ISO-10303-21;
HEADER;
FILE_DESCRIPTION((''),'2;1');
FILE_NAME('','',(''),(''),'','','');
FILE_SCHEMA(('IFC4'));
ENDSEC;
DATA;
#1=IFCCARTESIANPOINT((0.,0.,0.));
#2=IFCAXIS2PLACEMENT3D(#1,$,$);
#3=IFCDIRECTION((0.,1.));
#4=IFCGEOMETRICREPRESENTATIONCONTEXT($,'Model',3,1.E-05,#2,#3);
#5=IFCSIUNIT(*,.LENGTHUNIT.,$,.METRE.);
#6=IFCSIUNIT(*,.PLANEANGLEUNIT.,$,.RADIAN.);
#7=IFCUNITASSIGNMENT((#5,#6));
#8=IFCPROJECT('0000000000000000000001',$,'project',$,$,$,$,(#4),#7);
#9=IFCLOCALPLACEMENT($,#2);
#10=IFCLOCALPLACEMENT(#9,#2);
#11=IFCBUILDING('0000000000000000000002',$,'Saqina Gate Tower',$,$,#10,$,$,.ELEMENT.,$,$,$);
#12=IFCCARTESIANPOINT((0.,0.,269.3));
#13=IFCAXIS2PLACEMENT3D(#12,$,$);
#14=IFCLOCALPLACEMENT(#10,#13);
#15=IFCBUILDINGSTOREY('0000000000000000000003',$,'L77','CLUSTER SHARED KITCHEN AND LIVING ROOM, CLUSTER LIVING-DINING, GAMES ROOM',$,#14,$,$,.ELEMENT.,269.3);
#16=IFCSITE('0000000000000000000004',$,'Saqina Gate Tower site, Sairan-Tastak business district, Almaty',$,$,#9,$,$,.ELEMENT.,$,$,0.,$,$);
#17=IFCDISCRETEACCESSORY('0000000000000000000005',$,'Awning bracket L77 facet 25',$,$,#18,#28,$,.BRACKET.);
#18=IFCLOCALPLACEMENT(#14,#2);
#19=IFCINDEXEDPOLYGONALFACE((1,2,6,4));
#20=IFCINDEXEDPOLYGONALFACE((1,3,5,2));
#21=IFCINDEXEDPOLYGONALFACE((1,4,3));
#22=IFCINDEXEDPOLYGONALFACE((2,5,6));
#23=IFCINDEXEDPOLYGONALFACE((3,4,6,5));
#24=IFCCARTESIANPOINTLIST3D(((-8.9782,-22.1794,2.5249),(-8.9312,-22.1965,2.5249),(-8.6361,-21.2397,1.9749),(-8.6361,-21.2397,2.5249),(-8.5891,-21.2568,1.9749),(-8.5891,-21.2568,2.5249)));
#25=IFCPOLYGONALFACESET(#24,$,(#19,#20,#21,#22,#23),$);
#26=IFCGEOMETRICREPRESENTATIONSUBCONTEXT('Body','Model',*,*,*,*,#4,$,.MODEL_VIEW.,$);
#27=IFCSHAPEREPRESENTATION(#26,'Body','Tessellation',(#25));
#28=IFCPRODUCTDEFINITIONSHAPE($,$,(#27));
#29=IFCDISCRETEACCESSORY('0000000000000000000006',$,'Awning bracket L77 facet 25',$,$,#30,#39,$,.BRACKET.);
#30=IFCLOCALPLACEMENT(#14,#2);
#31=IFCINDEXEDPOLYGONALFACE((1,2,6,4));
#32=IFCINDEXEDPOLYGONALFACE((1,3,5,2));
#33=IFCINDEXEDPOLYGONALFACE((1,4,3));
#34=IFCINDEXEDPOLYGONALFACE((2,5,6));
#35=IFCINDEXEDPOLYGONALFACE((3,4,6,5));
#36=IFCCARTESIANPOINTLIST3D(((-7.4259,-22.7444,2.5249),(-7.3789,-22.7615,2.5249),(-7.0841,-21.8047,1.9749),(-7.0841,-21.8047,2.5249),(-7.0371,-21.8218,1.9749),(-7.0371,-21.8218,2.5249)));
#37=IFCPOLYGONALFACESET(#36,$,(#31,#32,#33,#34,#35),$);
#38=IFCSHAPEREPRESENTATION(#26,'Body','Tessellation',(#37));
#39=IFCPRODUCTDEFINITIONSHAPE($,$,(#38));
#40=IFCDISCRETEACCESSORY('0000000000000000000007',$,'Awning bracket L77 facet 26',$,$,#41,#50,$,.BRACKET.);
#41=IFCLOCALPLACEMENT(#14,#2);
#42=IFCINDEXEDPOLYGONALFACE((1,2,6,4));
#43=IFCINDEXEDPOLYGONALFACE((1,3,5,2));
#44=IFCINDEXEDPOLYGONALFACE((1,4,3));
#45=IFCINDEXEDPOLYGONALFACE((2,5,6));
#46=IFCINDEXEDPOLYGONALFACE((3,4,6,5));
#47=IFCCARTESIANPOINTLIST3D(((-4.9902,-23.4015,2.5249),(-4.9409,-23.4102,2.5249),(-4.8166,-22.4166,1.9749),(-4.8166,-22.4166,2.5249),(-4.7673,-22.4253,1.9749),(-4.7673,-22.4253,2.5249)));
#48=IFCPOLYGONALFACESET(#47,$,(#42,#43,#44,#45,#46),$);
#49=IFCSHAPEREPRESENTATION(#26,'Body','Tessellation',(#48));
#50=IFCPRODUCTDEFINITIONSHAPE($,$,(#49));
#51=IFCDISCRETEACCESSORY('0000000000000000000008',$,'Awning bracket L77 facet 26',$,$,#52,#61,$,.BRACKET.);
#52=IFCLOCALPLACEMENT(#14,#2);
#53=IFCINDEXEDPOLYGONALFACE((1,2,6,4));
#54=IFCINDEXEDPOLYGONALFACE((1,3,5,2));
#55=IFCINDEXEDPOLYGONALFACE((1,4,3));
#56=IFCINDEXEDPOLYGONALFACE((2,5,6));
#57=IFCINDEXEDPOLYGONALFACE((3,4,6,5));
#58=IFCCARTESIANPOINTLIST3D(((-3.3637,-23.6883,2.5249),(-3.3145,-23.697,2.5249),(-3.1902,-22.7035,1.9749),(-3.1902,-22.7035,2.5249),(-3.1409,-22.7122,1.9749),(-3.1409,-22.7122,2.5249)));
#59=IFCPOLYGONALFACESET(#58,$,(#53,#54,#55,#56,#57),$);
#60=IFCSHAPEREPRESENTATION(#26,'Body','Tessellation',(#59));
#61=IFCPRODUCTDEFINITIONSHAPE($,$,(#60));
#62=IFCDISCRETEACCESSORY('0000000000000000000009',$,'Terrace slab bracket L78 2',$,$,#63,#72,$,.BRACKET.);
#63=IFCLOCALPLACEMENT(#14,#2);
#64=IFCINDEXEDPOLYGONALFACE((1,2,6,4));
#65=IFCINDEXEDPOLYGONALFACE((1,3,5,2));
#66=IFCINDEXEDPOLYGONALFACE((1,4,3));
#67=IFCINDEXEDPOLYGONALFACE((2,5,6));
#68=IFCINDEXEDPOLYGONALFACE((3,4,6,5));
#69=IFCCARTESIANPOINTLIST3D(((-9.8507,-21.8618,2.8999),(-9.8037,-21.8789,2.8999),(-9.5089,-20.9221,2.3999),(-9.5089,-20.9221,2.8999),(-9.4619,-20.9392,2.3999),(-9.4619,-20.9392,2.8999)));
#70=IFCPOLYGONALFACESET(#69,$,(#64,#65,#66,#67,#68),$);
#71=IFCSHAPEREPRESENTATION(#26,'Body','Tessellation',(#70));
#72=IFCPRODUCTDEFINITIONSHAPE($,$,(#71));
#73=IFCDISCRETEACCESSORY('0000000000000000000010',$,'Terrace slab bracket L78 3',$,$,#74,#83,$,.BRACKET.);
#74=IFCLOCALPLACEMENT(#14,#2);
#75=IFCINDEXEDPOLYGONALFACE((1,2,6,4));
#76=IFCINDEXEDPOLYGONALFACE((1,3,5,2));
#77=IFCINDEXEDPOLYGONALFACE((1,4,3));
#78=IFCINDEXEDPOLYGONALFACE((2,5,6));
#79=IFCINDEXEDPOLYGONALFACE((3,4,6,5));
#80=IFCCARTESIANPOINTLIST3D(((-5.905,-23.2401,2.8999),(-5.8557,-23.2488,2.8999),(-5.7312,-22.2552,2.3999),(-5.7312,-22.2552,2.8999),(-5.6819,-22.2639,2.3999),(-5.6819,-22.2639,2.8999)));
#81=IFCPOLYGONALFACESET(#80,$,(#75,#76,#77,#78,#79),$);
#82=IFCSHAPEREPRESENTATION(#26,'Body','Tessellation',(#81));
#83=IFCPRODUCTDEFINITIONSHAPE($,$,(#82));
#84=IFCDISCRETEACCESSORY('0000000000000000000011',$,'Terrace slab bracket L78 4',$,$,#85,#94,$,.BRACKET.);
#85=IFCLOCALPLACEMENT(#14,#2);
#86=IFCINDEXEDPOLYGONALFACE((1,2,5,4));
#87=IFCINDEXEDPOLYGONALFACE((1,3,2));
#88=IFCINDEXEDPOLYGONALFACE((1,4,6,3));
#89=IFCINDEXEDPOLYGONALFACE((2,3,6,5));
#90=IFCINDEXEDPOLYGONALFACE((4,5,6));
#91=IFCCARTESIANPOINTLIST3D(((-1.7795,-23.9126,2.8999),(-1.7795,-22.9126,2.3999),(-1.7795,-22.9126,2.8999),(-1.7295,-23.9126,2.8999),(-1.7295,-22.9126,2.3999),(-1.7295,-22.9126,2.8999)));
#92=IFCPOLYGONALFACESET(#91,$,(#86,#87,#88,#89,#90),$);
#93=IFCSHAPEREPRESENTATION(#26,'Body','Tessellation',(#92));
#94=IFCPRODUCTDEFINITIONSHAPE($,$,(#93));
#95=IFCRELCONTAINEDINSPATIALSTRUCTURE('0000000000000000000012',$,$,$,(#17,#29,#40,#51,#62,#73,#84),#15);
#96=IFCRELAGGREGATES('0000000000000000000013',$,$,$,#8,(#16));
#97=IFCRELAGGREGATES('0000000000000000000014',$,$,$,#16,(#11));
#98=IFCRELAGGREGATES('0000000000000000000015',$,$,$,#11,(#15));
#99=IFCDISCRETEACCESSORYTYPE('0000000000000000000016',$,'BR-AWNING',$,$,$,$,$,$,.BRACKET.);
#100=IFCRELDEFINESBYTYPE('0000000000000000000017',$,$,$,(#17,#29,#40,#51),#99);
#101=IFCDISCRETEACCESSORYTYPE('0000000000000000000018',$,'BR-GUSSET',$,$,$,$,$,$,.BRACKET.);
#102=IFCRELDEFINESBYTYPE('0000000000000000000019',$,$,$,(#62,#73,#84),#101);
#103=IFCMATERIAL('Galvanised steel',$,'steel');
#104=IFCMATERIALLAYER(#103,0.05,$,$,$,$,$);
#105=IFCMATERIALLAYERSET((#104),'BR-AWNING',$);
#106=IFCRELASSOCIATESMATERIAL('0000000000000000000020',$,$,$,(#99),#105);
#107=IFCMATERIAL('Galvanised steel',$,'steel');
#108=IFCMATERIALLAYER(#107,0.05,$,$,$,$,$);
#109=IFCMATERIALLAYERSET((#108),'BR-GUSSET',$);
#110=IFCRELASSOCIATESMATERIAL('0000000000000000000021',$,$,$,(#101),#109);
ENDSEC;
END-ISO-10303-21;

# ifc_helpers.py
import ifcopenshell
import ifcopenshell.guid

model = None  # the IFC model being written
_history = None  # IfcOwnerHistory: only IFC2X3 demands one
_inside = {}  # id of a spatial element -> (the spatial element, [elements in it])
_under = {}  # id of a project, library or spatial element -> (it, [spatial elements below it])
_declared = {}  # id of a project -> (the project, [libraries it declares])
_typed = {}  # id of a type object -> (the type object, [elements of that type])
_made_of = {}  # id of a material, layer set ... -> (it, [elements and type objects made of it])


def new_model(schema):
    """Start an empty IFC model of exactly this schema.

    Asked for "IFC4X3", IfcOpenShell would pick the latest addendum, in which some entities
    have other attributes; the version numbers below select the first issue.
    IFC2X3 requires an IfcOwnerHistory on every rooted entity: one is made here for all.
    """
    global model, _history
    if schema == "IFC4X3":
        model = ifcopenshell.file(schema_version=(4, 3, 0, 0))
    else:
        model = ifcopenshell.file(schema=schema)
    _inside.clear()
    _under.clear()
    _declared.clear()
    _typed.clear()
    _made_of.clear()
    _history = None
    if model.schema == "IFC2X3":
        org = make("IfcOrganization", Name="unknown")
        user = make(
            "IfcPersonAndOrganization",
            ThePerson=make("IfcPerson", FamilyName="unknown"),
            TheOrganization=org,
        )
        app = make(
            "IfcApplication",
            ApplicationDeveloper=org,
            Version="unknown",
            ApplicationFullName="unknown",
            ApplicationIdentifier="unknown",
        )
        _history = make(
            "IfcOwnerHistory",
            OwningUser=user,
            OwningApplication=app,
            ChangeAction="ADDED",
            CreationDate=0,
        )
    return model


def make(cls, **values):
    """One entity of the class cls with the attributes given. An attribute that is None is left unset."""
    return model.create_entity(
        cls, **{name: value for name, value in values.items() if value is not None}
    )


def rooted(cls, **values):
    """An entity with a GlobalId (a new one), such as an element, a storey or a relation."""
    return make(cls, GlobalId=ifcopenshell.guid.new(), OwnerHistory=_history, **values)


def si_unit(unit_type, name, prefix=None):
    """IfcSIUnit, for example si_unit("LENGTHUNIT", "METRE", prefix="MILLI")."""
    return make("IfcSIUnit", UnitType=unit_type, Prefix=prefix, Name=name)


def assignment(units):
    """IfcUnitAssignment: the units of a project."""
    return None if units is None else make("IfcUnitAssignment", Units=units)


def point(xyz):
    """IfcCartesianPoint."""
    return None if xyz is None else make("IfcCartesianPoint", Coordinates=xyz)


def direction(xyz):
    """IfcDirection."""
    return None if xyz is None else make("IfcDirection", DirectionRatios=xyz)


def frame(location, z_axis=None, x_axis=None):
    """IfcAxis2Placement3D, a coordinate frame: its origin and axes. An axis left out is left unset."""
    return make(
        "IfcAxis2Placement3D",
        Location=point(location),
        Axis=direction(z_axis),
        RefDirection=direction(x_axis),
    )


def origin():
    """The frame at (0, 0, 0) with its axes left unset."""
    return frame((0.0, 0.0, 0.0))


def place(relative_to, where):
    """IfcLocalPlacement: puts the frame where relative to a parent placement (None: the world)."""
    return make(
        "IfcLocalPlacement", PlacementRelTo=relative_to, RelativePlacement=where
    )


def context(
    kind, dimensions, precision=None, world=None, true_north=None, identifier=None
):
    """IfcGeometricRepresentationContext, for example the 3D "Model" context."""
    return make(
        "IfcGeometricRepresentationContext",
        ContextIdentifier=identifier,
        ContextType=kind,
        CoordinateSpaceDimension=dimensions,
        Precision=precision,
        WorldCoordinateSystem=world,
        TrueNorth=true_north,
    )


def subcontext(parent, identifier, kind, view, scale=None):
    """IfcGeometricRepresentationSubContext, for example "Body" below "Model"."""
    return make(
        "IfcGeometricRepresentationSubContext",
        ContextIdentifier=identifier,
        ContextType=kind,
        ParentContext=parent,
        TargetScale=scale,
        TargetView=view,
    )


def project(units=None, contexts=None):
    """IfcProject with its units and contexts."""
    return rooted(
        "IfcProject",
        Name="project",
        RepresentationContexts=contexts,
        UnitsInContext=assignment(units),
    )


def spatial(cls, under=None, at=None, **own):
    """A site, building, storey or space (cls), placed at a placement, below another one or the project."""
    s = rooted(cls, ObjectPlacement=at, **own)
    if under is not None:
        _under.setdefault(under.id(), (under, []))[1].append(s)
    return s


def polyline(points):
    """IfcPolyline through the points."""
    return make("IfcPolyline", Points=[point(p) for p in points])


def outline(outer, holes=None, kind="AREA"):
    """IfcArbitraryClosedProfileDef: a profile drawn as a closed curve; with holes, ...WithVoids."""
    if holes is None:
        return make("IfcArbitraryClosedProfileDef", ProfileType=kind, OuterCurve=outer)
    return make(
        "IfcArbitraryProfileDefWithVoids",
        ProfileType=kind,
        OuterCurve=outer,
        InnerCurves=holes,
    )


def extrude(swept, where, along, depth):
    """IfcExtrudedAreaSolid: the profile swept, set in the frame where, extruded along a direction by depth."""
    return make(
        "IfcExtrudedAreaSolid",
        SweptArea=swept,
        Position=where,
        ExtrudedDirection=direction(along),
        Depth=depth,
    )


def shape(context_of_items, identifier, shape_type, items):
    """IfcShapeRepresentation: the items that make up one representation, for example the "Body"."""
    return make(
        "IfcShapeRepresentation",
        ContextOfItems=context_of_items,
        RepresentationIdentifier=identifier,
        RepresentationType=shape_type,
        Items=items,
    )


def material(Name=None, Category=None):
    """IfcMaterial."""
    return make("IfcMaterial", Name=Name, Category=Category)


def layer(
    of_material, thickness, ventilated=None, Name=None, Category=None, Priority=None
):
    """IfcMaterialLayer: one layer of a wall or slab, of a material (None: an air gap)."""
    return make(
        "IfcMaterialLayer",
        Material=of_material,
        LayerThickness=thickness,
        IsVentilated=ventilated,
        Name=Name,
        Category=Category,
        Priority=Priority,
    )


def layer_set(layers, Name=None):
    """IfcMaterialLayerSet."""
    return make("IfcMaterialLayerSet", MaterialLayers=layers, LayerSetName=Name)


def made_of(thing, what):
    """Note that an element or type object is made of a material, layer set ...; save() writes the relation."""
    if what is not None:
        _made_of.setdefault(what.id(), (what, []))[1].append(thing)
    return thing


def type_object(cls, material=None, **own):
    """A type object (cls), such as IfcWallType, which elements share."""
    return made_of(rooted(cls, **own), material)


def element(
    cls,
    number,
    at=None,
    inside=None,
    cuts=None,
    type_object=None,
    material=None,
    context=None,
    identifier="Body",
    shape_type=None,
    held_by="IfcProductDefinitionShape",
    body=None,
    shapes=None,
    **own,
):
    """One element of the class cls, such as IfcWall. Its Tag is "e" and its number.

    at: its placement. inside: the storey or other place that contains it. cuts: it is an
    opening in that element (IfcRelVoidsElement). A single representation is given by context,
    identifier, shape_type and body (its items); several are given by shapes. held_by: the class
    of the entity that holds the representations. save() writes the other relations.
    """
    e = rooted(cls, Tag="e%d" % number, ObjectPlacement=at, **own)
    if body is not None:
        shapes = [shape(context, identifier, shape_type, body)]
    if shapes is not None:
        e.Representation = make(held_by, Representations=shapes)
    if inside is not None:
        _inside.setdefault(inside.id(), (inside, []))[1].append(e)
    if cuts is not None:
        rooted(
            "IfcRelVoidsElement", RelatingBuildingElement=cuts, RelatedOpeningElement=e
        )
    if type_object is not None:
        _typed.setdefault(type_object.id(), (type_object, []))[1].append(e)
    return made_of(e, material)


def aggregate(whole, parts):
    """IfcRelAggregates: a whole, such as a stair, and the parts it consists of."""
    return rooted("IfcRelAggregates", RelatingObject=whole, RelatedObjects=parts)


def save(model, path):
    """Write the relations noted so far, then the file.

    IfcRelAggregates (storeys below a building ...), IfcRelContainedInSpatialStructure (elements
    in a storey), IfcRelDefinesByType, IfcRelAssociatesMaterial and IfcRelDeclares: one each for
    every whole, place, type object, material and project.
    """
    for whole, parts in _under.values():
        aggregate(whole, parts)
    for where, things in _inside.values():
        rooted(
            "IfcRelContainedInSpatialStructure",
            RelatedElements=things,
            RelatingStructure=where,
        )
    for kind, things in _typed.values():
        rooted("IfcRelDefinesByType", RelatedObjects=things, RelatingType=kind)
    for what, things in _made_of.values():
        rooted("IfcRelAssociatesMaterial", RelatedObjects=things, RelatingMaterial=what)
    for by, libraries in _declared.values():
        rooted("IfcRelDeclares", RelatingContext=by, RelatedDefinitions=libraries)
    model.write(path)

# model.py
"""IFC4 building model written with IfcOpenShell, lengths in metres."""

from ifc_helpers import new_model, si_unit, direction, frame, origin, place, context, subcontext, project, spatial, polyline, outline, extrude, material, layer, layer_set, type_object, element, save


model = new_model("IFC4")

# Units and contexts
model_context = context("Model", 3, precision=1e-05, world=origin(), true_north=direction((0.0, 1.0)))
body_context = subcontext(model_context, "Body", "Model", "MODEL_VIEW")
ifc_project = project(units=[si_unit("LENGTHUNIT", "METRE"), si_unit("PLANEANGLEUNIT", "RADIAN")], contexts=[model_context])

# Site, building, storey
site_placement = place(None, origin())
site = spatial("IfcSite", under=ifc_project, at=site_placement, Name="Saqina Gate Tower site, Sairan-Tastak business district, Almaty", CompositionType="ELEMENT", RefElevation=0.0)
building_placement = place(site_placement, origin())
building = spatial("IfcBuilding", under=site, at=building_placement, Name="Saqina Gate Tower", CompositionType="ELEMENT")
storey_placement = place(building_placement, frame((0.0, 0.0, 269.3)))
storey = spatial("IfcBuildingStorey", under=building, at=storey_placement, Name="L77", Description="CLUSTER SHARED KITCHEN AND LIVING ROOM, CLUSTER LIVING-DINING, GAMES ROOM", CompositionType="ELEMENT", Elevation=269.3)

# Discrete accessories
ifc_material_1 = material(Name="Galvanised steel", Category="steel")
ifc_layer_1 = layer(ifc_material_1, 0.05)
ifc_layer_set_1 = layer_set([ifc_layer_1], Name="BR-AWNING")
discrete_accessory_type_1 = type_object("IfcDiscreteAccessoryType", Name="BR-AWNING", PredefinedType="BRACKET", material=ifc_layer_set_1)
discrete_accessory_1_placement = place(storey_placement, frame((-8.5891, -21.2568, 1.9749), z_axis=(0.939686, -0.342037, 0.0), x_axis=(0.0, 0.0, 1.0)))
element("IfcDiscreteAccessory", 1, at=discrete_accessory_1_placement, inside=storey, type_object=discrete_accessory_type_1, Name="Awning bracket L77 facet 25", PredefinedType="BRACKET", context=body_context, shape_type="SweptSolid", body=[
    extrude(outline(polyline([(0.0, 0.0), (0.55, 0.0), (0.55, 1.0), (0.0, 0.0)])), origin(), (0.0, 0.0, -1.0), 0.05),
])
discrete_accessory_2_placement = place(storey_placement, frame((-7.0371, -21.8218, 1.9749), z_axis=(0.939765, -0.341821, 0.0), x_axis=(0.0, 0.0, 1.0)))
element("IfcDiscreteAccessory", 2, at=discrete_accessory_2_placement, inside=storey, type_object=discrete_accessory_type_1, Name="Awning bracket L77 facet 25", PredefinedType="BRACKET", context=body_context, shape_type="SweptSolid", body=[
    extrude(outline(polyline([(0.0, 0.0), (0.55, 0.0), (0.55, 0.9999), (0.0, 0.0)])), origin(), (0.0, 0.0, -1.0), 0.05),
])
for number, where, z_axis, x_axis, name in (
    (3, (-4.7673, -22.4253, 1.9749), (0.98482, -0.173576, 0.0), (0.0, 0.0, 1.0), "Awning bracket L77 facet 26"),
    (4, (-3.1409, -22.7122, 1.9749), (0.98482, -0.173576, 0.0), (0.0, 0.0, 1.0), "Awning bracket L77 facet 26"),
):
    element("IfcDiscreteAccessory", number, at=place(storey_placement, frame(where, z_axis=z_axis, x_axis=x_axis)), inside=storey, type_object=discrete_accessory_type_1, Name=name, PredefinedType="BRACKET", context=body_context, shape_type="SweptSolid", body=[
        extrude(outline(polyline([(0.0, 0.0), (0.55, 0.0), (0.55, 1.0), (0.0, 0.0)])), origin(), (0.0, 0.0, -1.0), 0.05),
    ])
ifc_material_2 = material(Name="Galvanised steel", Category="steel")
ifc_layer_2 = layer(ifc_material_2, 0.05)
ifc_layer_set_2 = layer_set([ifc_layer_2], Name="BR-GUSSET")
discrete_accessory_type_2 = type_object("IfcDiscreteAccessoryType", Name="BR-GUSSET", PredefinedType="BRACKET", material=ifc_layer_set_2)
discrete_accessory_3_placement = place(storey_placement, frame((-9.4619, -20.9392, 2.3999), z_axis=(0.939765, -0.341821, 0.0), x_axis=(0.0, 0.0, 1.0)))
element("IfcDiscreteAccessory", 5, at=discrete_accessory_3_placement, inside=storey, type_object=discrete_accessory_type_2, Name="Terrace slab bracket L78 2", PredefinedType="BRACKET", context=body_context, shape_type="SweptSolid", body=[
    extrude(outline(polyline([(0.0, 0.0), (0.5, 0.0), (0.5, 0.9999), (0.0, 0.0)])), origin(), (0.0, 0.0, -1.0), 0.05),
])
discrete_accessory_4_placement = place(storey_placement, frame((-5.6819, -22.2639, 2.3999), z_axis=(0.984779, -0.173813, 0.0), x_axis=(0.0, 0.0, 1.0)))
element("IfcDiscreteAccessory", 6, at=discrete_accessory_4_placement, inside=storey, type_object=discrete_accessory_type_2, Name="Terrace slab bracket L78 3", PredefinedType="BRACKET", context=body_context, shape_type="SweptSolid", body=[
    extrude(outline(polyline([(0.0, 0.0), (0.5, 0.0), (0.5, 1.0001), (0.0, 0.0)])), origin(), (0.0, 0.0, -1.0), 0.05),
])
discrete_accessory_5_placement = place(storey_placement, frame((-1.7295, -22.9126, 2.3999), z_axis=(1.0, 0.0, 0.0), x_axis=(0.0, 0.0, 1.0)))
element("IfcDiscreteAccessory", 7, at=discrete_accessory_5_placement, inside=storey, type_object=discrete_accessory_type_2, Name="Terrace slab bracket L78 4", PredefinedType="BRACKET", context=body_context, shape_type="SweptSolid", body=[
    extrude(outline(polyline([(0.0, 0.0), (0.5, 0.0), (0.5, 1.0), (0.0, 0.0)])), origin(), (0.0, 0.0, -1.0), 0.05),
])

save(model, "model.ifc")
